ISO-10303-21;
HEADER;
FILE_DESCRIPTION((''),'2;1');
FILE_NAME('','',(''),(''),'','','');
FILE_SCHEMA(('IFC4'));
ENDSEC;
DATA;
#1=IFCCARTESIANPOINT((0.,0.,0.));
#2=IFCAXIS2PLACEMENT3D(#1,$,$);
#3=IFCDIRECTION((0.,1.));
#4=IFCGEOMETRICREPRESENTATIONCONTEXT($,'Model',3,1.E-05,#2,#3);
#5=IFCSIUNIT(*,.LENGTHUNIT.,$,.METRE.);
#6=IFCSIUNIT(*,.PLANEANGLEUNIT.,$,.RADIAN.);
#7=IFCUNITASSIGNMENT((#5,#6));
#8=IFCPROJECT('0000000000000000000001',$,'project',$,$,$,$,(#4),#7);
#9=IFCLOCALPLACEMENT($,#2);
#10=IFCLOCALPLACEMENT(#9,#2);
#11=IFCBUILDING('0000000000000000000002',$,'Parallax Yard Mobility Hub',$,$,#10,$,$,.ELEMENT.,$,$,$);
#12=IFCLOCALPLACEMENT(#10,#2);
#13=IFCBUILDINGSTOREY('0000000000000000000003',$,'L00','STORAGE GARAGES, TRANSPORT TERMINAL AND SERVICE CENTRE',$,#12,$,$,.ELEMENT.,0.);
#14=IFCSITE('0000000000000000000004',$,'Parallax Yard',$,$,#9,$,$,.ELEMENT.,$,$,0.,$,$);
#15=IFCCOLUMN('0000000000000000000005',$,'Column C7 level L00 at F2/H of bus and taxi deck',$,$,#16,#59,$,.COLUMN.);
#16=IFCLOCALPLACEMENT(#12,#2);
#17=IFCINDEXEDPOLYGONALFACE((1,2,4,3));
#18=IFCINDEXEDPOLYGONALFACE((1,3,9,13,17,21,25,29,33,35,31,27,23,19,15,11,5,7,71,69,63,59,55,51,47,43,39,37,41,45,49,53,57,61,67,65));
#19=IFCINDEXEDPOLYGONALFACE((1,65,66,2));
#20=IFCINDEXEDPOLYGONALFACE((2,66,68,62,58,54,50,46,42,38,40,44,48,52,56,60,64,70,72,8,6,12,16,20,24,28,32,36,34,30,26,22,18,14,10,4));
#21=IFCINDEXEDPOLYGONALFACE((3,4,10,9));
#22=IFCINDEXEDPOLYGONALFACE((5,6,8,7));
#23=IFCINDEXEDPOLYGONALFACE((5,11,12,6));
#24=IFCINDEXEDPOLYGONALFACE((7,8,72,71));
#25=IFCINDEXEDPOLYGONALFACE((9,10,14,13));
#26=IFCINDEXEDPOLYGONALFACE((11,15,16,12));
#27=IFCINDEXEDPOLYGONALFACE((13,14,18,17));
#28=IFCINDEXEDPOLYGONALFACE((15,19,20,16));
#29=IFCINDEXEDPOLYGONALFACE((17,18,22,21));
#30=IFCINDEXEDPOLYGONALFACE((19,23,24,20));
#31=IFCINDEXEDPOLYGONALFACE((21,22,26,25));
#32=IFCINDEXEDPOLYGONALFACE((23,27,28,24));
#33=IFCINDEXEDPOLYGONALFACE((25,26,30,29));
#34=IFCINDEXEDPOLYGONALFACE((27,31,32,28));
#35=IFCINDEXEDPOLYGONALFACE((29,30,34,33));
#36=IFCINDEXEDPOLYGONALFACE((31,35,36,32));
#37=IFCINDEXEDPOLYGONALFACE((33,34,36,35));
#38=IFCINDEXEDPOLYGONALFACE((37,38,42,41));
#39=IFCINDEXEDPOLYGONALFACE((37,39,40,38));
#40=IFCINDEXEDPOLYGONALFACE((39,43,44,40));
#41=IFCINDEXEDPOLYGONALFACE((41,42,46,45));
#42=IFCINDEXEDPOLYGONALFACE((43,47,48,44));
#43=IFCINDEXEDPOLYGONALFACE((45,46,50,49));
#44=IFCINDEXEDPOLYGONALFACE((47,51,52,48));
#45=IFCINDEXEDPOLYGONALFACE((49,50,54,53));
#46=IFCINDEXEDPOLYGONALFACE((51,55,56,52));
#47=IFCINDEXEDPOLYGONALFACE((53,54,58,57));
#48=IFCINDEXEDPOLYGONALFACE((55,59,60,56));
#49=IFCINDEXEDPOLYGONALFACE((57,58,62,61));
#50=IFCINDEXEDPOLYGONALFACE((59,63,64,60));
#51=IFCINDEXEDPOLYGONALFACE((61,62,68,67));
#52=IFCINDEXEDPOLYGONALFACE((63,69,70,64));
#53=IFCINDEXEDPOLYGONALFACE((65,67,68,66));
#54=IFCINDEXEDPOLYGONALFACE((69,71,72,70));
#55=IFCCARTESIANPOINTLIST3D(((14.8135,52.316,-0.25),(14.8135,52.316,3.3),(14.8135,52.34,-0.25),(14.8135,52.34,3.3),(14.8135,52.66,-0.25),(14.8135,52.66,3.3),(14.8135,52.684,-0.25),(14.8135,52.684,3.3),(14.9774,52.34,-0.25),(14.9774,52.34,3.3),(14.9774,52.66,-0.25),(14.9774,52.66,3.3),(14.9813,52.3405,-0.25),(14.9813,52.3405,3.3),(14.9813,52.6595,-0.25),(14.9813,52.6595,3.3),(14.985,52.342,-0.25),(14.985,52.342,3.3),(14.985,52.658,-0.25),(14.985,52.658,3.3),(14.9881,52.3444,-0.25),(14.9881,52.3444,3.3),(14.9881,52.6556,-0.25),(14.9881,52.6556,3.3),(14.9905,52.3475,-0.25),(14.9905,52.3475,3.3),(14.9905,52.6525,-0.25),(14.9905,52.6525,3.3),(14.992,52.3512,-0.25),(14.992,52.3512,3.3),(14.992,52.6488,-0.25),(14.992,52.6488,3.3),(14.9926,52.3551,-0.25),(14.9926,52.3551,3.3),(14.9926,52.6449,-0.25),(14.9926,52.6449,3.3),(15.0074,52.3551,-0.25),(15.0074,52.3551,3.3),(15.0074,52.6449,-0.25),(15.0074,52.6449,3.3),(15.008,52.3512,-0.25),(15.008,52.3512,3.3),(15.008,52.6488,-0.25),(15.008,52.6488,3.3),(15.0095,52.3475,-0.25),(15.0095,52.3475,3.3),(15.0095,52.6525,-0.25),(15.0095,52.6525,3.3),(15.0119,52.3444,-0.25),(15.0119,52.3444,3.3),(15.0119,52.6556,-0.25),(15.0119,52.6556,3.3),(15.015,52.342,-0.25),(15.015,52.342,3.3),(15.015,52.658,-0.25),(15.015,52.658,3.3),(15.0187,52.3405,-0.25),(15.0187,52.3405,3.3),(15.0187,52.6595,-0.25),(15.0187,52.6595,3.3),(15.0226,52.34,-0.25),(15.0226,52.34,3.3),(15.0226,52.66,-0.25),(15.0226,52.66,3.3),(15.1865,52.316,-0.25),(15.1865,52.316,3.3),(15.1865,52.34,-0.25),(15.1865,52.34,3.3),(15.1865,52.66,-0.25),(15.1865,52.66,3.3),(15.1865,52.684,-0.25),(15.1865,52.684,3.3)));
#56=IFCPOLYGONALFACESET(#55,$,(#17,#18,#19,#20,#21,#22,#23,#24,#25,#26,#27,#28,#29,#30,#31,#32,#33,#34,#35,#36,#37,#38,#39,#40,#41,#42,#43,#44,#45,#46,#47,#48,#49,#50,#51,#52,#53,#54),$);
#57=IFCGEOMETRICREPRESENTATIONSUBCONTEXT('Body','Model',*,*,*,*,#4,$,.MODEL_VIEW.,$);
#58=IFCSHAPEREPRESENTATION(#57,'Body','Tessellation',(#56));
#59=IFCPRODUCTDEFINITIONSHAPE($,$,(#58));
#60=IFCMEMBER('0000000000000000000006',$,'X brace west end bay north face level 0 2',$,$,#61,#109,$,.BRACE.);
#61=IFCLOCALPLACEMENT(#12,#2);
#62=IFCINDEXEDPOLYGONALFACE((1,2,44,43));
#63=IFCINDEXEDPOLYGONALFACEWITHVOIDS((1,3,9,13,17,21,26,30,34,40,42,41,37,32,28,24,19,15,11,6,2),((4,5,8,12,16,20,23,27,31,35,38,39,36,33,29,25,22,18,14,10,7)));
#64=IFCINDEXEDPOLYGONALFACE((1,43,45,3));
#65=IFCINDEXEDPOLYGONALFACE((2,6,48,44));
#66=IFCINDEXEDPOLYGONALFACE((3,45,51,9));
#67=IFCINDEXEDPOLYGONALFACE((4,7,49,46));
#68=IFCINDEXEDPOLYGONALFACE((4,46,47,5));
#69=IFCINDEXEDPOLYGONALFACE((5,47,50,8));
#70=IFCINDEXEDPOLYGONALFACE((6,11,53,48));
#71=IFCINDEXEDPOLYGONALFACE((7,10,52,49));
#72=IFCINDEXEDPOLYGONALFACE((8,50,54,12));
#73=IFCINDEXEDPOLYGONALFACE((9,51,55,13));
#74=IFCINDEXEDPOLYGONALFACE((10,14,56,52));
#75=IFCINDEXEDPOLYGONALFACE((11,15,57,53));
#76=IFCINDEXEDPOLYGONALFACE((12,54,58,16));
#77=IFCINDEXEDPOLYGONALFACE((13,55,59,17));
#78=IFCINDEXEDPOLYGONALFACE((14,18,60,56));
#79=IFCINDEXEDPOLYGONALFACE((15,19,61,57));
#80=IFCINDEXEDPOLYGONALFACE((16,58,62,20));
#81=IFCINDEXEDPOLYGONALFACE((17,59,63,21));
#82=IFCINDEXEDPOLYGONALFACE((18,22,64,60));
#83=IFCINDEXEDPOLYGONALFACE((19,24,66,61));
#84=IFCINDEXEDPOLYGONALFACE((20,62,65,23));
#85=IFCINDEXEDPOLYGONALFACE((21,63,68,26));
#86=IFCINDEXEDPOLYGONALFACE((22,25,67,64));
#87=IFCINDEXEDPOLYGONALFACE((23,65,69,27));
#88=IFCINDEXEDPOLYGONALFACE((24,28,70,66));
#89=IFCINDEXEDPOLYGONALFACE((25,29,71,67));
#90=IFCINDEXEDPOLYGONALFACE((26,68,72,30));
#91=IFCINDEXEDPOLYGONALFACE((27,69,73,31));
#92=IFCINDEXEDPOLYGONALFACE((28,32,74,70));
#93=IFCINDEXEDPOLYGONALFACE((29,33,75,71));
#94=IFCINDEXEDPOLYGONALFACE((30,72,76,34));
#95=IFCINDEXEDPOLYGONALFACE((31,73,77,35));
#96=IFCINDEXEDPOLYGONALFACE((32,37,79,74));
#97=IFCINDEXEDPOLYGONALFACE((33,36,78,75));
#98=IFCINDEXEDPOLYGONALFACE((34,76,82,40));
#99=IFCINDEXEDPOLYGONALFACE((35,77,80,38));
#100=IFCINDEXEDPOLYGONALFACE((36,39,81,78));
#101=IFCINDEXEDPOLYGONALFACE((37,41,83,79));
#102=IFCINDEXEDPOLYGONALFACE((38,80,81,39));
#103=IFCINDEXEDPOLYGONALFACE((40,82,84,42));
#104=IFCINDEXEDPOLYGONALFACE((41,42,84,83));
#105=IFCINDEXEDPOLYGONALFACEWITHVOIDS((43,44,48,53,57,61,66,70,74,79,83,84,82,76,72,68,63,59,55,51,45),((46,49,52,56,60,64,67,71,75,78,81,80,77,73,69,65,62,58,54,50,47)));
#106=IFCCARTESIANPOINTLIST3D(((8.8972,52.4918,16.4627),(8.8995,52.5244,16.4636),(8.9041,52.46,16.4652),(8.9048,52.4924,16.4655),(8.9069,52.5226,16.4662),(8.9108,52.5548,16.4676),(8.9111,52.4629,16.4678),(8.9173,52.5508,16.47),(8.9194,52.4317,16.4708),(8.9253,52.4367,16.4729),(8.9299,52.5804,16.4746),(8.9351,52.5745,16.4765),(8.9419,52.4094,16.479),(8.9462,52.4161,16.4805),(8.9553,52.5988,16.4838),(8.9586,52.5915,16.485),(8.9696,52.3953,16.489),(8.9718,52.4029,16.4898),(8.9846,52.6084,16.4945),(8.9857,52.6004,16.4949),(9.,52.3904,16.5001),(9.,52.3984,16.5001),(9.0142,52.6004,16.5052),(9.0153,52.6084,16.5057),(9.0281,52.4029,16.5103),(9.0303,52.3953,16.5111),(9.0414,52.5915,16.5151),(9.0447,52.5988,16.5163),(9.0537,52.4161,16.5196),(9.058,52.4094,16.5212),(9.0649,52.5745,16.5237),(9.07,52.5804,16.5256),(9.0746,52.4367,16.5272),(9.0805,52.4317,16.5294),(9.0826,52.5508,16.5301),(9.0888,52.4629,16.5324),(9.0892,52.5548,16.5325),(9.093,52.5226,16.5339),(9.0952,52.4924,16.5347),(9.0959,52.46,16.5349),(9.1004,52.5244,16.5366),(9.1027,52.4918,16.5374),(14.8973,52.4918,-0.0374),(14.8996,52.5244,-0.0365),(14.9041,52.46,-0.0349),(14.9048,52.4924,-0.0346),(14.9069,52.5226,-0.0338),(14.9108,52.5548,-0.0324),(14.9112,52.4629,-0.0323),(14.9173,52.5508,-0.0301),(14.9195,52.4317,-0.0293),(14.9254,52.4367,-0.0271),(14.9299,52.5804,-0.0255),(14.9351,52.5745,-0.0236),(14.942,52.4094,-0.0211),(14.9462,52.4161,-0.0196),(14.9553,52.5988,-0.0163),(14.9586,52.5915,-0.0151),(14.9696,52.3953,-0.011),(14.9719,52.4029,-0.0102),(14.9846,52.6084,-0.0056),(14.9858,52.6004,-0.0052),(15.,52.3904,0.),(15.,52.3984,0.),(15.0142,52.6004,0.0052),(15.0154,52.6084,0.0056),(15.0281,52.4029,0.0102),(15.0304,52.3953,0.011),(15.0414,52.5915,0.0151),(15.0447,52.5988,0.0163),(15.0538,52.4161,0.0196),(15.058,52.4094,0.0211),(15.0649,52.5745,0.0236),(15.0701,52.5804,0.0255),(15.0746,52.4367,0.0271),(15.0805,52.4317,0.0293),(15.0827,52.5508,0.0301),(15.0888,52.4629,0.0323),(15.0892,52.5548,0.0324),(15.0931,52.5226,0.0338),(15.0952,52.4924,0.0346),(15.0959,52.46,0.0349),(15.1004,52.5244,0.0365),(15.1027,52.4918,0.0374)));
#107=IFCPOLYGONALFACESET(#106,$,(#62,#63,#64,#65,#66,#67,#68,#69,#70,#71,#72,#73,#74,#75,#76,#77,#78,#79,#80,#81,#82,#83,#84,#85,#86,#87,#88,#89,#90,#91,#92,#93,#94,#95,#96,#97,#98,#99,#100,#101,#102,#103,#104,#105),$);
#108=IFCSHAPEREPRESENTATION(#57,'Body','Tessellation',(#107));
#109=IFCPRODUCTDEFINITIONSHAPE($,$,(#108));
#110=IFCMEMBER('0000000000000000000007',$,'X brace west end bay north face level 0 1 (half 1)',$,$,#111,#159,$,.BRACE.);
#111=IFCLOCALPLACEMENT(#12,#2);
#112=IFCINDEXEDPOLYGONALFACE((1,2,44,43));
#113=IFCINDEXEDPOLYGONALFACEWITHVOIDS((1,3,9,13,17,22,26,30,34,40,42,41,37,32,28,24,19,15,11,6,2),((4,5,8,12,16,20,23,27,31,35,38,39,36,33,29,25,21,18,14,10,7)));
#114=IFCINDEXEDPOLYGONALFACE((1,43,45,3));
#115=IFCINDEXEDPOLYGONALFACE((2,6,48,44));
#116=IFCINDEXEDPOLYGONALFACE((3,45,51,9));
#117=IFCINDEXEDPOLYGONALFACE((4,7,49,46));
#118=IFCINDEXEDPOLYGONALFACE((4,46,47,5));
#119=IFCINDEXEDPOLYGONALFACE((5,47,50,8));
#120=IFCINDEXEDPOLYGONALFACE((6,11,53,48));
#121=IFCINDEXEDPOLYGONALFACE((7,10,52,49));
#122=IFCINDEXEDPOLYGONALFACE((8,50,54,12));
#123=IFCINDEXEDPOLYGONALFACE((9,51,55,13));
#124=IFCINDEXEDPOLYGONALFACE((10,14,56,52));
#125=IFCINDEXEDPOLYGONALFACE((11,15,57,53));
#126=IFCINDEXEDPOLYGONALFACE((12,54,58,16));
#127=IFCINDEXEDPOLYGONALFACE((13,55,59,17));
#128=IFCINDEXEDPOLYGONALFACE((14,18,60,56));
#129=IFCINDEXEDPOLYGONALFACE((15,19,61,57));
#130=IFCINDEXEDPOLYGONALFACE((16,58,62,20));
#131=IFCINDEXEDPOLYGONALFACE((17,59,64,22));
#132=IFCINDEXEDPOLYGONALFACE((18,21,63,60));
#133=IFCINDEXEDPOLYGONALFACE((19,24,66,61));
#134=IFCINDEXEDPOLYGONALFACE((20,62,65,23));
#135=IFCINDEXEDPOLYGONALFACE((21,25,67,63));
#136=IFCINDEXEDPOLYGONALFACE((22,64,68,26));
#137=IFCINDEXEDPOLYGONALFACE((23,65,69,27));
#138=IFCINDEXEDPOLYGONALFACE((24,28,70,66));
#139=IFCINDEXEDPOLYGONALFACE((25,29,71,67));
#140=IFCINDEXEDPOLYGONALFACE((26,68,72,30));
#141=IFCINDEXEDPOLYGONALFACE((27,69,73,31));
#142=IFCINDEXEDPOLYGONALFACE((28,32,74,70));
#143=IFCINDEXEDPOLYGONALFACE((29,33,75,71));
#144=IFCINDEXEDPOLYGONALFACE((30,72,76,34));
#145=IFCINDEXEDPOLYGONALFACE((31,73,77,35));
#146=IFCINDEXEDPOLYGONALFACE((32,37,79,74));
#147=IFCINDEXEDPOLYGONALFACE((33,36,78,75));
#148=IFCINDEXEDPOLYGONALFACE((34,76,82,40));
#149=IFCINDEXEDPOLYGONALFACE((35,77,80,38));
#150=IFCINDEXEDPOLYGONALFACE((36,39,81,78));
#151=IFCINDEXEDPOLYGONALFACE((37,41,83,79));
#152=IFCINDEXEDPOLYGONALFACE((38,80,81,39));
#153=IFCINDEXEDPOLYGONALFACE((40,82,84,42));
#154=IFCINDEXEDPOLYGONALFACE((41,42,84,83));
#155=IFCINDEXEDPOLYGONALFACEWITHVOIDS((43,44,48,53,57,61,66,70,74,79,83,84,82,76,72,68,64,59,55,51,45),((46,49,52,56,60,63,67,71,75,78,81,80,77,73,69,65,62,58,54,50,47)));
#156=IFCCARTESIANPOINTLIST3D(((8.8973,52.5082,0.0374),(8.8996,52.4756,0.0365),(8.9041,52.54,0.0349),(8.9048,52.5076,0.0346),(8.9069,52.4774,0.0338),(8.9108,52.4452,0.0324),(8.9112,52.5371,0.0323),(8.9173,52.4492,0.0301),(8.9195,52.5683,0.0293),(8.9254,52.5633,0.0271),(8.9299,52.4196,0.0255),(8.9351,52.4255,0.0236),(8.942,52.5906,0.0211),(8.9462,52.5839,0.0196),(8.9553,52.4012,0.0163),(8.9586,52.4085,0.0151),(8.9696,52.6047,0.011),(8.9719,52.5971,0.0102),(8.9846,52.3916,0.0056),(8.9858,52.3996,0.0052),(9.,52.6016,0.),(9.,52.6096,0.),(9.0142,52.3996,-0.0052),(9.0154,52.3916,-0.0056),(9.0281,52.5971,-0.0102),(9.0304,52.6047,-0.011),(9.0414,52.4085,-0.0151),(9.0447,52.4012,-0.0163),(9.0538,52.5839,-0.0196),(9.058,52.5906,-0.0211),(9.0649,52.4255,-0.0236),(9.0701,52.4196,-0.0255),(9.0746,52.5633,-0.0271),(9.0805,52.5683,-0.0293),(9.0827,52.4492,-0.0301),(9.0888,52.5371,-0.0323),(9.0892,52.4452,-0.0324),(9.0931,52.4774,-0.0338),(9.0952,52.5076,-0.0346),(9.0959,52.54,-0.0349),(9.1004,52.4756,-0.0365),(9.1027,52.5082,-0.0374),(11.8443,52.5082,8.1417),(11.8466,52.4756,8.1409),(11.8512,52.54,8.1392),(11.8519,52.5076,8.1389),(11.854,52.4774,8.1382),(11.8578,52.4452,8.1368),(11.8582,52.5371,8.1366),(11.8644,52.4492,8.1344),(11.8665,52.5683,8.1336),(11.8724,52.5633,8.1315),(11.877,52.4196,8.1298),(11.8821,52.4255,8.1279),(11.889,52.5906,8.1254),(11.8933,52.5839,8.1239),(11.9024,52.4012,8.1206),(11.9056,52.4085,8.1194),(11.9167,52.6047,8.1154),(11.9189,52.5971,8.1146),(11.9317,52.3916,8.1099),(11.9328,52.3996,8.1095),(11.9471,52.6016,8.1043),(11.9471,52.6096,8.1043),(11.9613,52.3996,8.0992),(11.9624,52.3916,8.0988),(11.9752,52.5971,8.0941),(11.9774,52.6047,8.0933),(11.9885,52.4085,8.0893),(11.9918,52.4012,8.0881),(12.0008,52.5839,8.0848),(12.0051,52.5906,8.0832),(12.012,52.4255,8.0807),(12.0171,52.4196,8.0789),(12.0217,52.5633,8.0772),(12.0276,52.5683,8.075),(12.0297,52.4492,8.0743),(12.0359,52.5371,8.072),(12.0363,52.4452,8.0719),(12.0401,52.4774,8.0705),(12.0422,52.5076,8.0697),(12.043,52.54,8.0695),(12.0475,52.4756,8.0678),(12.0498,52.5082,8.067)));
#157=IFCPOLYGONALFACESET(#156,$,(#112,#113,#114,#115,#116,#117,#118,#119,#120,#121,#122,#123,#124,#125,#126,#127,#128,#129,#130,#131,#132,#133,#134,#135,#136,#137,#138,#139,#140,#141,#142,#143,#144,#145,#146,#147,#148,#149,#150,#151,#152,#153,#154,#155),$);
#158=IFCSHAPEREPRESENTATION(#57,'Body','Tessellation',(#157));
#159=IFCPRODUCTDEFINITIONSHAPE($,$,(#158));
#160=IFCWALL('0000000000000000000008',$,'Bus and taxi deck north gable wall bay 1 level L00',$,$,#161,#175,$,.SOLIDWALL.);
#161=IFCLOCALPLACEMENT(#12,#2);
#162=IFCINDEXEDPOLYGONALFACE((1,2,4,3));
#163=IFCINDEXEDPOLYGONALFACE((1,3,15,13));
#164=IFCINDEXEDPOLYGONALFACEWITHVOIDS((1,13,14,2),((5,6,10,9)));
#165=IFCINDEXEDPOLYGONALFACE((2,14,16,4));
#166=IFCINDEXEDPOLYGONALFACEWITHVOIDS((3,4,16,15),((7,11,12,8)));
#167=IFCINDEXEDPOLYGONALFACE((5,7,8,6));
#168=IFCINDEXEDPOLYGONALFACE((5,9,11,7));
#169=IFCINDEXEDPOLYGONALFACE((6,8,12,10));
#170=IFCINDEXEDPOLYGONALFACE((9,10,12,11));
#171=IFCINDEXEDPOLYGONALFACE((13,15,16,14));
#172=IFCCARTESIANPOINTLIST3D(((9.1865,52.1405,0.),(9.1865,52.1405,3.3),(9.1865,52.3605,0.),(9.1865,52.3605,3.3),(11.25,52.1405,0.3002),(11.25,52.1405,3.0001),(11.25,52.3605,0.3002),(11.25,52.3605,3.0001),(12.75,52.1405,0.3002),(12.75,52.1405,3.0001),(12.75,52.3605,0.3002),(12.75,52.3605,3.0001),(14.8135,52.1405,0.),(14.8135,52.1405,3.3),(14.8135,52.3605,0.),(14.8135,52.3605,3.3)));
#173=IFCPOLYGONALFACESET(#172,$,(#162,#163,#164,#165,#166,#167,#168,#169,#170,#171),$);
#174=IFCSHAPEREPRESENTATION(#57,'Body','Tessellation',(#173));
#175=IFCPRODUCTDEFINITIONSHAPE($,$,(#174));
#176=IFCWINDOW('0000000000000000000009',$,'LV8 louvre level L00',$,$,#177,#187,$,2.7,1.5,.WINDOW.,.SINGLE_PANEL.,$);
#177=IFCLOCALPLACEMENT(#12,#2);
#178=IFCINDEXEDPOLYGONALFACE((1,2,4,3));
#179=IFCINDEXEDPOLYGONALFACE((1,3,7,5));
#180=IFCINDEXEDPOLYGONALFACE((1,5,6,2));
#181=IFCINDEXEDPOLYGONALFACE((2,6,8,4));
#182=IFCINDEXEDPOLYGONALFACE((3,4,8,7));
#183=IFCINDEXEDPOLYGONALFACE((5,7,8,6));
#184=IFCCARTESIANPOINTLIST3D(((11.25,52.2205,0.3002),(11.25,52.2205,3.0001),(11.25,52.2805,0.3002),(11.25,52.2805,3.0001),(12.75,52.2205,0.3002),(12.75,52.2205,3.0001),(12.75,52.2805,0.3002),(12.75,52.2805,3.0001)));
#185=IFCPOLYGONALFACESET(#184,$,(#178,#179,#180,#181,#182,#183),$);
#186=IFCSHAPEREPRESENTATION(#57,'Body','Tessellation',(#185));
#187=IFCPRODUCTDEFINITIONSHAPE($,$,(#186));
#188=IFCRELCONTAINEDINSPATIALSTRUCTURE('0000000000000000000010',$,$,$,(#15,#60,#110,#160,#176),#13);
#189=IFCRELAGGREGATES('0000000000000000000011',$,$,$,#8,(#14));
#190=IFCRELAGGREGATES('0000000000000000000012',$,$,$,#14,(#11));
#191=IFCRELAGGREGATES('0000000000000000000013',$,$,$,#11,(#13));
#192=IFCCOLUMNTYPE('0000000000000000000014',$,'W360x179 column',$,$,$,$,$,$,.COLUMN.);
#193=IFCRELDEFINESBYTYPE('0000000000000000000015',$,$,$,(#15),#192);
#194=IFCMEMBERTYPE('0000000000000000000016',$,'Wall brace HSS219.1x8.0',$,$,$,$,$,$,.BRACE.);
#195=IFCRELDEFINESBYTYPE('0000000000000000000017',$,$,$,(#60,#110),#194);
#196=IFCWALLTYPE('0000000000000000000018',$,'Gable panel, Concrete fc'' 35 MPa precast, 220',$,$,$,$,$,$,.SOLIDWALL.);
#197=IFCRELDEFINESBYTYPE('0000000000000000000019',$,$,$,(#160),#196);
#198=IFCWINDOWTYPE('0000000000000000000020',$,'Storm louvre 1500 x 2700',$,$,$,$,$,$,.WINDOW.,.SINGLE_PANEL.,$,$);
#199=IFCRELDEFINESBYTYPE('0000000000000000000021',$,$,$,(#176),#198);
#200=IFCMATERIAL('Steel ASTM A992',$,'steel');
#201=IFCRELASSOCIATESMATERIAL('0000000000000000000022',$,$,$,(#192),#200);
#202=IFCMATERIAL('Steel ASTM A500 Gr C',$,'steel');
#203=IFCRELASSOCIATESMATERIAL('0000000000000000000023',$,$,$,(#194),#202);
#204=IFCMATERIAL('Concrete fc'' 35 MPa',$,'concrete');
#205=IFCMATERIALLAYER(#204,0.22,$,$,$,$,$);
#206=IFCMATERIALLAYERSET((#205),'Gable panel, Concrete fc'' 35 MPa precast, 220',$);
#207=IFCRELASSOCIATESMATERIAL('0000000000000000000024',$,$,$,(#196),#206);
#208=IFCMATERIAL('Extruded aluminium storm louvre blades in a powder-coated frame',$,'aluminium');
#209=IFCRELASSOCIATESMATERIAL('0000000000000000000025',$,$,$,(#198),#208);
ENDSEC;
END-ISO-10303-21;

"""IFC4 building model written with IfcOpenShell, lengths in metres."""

from ifc_helpers import new_model, si_unit, direction, frame, frame_2d, origin, origin_2d, place, context, subcontext, project, spatial, rectangle, hollow_circle, i_section, extrude, material, layer, layer_set, material_profile, profile_set, type_object, element, fill, save


model = new_model("IFC4")

# Units and contexts
model_context = context("Model", 3, precision=1e-05, world=origin(), true_north=direction((0.0, 1.0)))
body_context = subcontext(model_context, "Body", "Model", "MODEL_VIEW")
ifc_project = project(units=[si_unit("LENGTHUNIT", "METRE"), si_unit("PLANEANGLEUNIT", "RADIAN")], contexts=[model_context])

# Site, building, storey
site_placement = place(None, origin())
site = spatial("IfcSite", under=ifc_project, at=site_placement, Name="Parallax Yard", CompositionType="ELEMENT", RefElevation=0.0)
building_placement = place(site_placement, origin())
building = spatial("IfcBuilding", under=site, at=building_placement, Name="Parallax Yard Mobility Hub", CompositionType="ELEMENT")
storey_placement = place(building_placement, origin())
storey = spatial("IfcBuildingStorey", under=building, at=storey_placement, Name="L00", Description="STORAGE GARAGES, TRANSPORT TERMINAL AND SERVICE CENTRE", CompositionType="ELEMENT", Elevation=0.0)

# Column
ifc_material_1 = material(Name="Steel ASTM A992", Category="steel")
ifc_material_profile_1 = material_profile(ifc_material_1, i_section(OverallWidth=0.373, OverallDepth=0.3679, WebThickness=0.0149, FlangeThickness=0.0239, FilletRadius=0.0151, at=origin_2d()), Name="W360x179")
ifc_profile_set_1 = profile_set([ifc_material_profile_1], Name="Steel ASTM A992")
column_type = type_object("IfcColumnType", Name="W360x179 column", PredefinedType="COLUMN", material=ifc_profile_set_1)
for number, where, z_axis, x_axis, name in (
    (1, (15.0, 52.5, -0.25), (0.0, 0.0, 1.0), (1.0, 0.0, 0.0), "Column C7 level L00 at F2/H of bus and taxi deck"),
):
    element("IfcColumn", number, at=place(storey_placement, frame(where, z_axis=z_axis, x_axis=x_axis)), inside=storey, type_object=column_type, Name=name, PredefinedType="COLUMN", context=body_context, shape_type="SweptSolid", body=[
        extrude(i_section(OverallWidth=0.373, OverallDepth=0.3679, WebThickness=0.0149, FlangeThickness=0.0239, FilletRadius=0.0151, at=origin_2d()), origin(), (0.0, 0.0, 1.0), 3.55),
    ])

# Members
ifc_material_2 = material(Name="Steel ASTM A500 Gr C", Category="steel")
ifc_material_profile_2 = material_profile(ifc_material_2, hollow_circle(Radius=0.1096, WallThickness=0.0081, at=origin_2d()), Name="HSS219.1x8.0")
ifc_profile_set_2 = profile_set([ifc_material_profile_2], Name="Steel ASTM A500 Gr C")
member_type = type_object("IfcMemberType", Name="Wall brace HSS219.1x8.0", PredefinedType="BRACE", material=ifc_profile_set_2)
member_1_placement = place(storey_placement, frame((15.0, 52.5, 0.0), z_axis=(-0.341743, 0.0, 0.939793), x_axis=(0.0, -1.0, 0.0)))
element("IfcMember", 2, at=member_1_placement, inside=storey, type_object=member_type, Name="X brace west end bay north face level 0 2", PredefinedType="BRACE", context=body_context, shape_type="SweptSolid", body=[
    extrude(hollow_circle(Radius=0.1096, WallThickness=0.0081, at=origin_2d()), origin(), (0.0, 0.0, 1.0), 17.5571),
])
member_2_placement = place(storey_placement, frame((9.0, 52.5, 0.0), z_axis=(0.341745, 0.0, 0.939793), x_axis=(0.0, 1.0, 0.0)))
element("IfcMember", 3, at=member_2_placement, inside=storey, type_object=member_type, Name="X brace west end bay north face level 0 1 (half 1)", PredefinedType="BRACE", context=body_context, shape_type="SweptSolid", body=[
    extrude(hollow_circle(Radius=0.1096, WallThickness=0.0081, at=origin_2d()), origin(), (0.0, 0.0, 1.0), 8.6235),
])

# Wall, opening, window
ifc_material_3 = material(Name="Concrete fc' 35 MPa", Category="concrete")
ifc_layer_1 = layer(ifc_material_3, 0.22)
ifc_layer_set_1 = layer_set([ifc_layer_1], Name="Gable panel, Concrete fc' 35 MPa precast, 220")
wall_type = type_object("IfcWallType", Name="Gable panel, Concrete fc' 35 MPa precast, 220", PredefinedType="SOLIDWALL", material=ifc_layer_set_1)
wall_placement = place(storey_placement, frame((9.1865, 52.2505, 0.0), z_axis=(0.0, 0.0, 1.0), x_axis=(1.0, 0.0, 0.0)))
wall = element("IfcWall", 4, at=wall_placement, inside=storey, type_object=wall_type, Name="Bus and taxi deck north gable wall bay 1 level L00", PredefinedType="SOLIDWALL", context=body_context, shape_type="SweptSolid", body=[
    extrude(rectangle(XDim=5.627, YDim=0.22, at=frame_2d((2.8135, 0.0))), origin(), (0.0, 0.0, 1.0), 3.3),
])
opening_placement = place(wall_placement, frame((2.0635, 0.0, 0.3)))
opening = element("IfcOpeningElement", 5, at=opening_placement, cuts=wall, PredefinedType="OPENING", context=body_context, shape_type="SweptSolid", body=[
    extrude(rectangle(XDim=1.5, YDim=2.7, at=frame_2d((0.75, 1.3501))), frame((0.0, 0.1201, 0.0), z_axis=(0.0, -1.0, 0.0), x_axis=(1.0, 0.0, 0.0)), (0.0, 0.0, 1.0), 0.24),
])
ifc_material_4 = material(Name="Extruded aluminium storm louvre blades in a powder-coated frame", Category="aluminium")
window_type = type_object("IfcWindowType", Name="Storm louvre 1500 x 2700", PartitioningType="SINGLE_PANEL", PredefinedType="WINDOW", material=ifc_material_4)
window_placement = place(opening_placement, origin())
window = element("IfcWindow", 6, at=window_placement, inside=storey, type_object=window_type, Name="LV8 louvre level L00", OverallHeight=2.7, OverallWidth=1.5, PartitioningType="SINGLE_PANEL", PredefinedType="WINDOW", context=body_context, shape_type="SweptSolid", body=[
    extrude(rectangle(XDim=1.5, YDim=2.7, at=frame_2d((0.75, 1.3501))), frame((0.0, 0.03, 0.0), z_axis=(0.0, -1.0, 0.0), x_axis=(1.0, 0.0, 0.0)), (0.0, 0.0, 1.0), 0.0601),
])
fill(opening, window)

save(model, "model.ifc")
